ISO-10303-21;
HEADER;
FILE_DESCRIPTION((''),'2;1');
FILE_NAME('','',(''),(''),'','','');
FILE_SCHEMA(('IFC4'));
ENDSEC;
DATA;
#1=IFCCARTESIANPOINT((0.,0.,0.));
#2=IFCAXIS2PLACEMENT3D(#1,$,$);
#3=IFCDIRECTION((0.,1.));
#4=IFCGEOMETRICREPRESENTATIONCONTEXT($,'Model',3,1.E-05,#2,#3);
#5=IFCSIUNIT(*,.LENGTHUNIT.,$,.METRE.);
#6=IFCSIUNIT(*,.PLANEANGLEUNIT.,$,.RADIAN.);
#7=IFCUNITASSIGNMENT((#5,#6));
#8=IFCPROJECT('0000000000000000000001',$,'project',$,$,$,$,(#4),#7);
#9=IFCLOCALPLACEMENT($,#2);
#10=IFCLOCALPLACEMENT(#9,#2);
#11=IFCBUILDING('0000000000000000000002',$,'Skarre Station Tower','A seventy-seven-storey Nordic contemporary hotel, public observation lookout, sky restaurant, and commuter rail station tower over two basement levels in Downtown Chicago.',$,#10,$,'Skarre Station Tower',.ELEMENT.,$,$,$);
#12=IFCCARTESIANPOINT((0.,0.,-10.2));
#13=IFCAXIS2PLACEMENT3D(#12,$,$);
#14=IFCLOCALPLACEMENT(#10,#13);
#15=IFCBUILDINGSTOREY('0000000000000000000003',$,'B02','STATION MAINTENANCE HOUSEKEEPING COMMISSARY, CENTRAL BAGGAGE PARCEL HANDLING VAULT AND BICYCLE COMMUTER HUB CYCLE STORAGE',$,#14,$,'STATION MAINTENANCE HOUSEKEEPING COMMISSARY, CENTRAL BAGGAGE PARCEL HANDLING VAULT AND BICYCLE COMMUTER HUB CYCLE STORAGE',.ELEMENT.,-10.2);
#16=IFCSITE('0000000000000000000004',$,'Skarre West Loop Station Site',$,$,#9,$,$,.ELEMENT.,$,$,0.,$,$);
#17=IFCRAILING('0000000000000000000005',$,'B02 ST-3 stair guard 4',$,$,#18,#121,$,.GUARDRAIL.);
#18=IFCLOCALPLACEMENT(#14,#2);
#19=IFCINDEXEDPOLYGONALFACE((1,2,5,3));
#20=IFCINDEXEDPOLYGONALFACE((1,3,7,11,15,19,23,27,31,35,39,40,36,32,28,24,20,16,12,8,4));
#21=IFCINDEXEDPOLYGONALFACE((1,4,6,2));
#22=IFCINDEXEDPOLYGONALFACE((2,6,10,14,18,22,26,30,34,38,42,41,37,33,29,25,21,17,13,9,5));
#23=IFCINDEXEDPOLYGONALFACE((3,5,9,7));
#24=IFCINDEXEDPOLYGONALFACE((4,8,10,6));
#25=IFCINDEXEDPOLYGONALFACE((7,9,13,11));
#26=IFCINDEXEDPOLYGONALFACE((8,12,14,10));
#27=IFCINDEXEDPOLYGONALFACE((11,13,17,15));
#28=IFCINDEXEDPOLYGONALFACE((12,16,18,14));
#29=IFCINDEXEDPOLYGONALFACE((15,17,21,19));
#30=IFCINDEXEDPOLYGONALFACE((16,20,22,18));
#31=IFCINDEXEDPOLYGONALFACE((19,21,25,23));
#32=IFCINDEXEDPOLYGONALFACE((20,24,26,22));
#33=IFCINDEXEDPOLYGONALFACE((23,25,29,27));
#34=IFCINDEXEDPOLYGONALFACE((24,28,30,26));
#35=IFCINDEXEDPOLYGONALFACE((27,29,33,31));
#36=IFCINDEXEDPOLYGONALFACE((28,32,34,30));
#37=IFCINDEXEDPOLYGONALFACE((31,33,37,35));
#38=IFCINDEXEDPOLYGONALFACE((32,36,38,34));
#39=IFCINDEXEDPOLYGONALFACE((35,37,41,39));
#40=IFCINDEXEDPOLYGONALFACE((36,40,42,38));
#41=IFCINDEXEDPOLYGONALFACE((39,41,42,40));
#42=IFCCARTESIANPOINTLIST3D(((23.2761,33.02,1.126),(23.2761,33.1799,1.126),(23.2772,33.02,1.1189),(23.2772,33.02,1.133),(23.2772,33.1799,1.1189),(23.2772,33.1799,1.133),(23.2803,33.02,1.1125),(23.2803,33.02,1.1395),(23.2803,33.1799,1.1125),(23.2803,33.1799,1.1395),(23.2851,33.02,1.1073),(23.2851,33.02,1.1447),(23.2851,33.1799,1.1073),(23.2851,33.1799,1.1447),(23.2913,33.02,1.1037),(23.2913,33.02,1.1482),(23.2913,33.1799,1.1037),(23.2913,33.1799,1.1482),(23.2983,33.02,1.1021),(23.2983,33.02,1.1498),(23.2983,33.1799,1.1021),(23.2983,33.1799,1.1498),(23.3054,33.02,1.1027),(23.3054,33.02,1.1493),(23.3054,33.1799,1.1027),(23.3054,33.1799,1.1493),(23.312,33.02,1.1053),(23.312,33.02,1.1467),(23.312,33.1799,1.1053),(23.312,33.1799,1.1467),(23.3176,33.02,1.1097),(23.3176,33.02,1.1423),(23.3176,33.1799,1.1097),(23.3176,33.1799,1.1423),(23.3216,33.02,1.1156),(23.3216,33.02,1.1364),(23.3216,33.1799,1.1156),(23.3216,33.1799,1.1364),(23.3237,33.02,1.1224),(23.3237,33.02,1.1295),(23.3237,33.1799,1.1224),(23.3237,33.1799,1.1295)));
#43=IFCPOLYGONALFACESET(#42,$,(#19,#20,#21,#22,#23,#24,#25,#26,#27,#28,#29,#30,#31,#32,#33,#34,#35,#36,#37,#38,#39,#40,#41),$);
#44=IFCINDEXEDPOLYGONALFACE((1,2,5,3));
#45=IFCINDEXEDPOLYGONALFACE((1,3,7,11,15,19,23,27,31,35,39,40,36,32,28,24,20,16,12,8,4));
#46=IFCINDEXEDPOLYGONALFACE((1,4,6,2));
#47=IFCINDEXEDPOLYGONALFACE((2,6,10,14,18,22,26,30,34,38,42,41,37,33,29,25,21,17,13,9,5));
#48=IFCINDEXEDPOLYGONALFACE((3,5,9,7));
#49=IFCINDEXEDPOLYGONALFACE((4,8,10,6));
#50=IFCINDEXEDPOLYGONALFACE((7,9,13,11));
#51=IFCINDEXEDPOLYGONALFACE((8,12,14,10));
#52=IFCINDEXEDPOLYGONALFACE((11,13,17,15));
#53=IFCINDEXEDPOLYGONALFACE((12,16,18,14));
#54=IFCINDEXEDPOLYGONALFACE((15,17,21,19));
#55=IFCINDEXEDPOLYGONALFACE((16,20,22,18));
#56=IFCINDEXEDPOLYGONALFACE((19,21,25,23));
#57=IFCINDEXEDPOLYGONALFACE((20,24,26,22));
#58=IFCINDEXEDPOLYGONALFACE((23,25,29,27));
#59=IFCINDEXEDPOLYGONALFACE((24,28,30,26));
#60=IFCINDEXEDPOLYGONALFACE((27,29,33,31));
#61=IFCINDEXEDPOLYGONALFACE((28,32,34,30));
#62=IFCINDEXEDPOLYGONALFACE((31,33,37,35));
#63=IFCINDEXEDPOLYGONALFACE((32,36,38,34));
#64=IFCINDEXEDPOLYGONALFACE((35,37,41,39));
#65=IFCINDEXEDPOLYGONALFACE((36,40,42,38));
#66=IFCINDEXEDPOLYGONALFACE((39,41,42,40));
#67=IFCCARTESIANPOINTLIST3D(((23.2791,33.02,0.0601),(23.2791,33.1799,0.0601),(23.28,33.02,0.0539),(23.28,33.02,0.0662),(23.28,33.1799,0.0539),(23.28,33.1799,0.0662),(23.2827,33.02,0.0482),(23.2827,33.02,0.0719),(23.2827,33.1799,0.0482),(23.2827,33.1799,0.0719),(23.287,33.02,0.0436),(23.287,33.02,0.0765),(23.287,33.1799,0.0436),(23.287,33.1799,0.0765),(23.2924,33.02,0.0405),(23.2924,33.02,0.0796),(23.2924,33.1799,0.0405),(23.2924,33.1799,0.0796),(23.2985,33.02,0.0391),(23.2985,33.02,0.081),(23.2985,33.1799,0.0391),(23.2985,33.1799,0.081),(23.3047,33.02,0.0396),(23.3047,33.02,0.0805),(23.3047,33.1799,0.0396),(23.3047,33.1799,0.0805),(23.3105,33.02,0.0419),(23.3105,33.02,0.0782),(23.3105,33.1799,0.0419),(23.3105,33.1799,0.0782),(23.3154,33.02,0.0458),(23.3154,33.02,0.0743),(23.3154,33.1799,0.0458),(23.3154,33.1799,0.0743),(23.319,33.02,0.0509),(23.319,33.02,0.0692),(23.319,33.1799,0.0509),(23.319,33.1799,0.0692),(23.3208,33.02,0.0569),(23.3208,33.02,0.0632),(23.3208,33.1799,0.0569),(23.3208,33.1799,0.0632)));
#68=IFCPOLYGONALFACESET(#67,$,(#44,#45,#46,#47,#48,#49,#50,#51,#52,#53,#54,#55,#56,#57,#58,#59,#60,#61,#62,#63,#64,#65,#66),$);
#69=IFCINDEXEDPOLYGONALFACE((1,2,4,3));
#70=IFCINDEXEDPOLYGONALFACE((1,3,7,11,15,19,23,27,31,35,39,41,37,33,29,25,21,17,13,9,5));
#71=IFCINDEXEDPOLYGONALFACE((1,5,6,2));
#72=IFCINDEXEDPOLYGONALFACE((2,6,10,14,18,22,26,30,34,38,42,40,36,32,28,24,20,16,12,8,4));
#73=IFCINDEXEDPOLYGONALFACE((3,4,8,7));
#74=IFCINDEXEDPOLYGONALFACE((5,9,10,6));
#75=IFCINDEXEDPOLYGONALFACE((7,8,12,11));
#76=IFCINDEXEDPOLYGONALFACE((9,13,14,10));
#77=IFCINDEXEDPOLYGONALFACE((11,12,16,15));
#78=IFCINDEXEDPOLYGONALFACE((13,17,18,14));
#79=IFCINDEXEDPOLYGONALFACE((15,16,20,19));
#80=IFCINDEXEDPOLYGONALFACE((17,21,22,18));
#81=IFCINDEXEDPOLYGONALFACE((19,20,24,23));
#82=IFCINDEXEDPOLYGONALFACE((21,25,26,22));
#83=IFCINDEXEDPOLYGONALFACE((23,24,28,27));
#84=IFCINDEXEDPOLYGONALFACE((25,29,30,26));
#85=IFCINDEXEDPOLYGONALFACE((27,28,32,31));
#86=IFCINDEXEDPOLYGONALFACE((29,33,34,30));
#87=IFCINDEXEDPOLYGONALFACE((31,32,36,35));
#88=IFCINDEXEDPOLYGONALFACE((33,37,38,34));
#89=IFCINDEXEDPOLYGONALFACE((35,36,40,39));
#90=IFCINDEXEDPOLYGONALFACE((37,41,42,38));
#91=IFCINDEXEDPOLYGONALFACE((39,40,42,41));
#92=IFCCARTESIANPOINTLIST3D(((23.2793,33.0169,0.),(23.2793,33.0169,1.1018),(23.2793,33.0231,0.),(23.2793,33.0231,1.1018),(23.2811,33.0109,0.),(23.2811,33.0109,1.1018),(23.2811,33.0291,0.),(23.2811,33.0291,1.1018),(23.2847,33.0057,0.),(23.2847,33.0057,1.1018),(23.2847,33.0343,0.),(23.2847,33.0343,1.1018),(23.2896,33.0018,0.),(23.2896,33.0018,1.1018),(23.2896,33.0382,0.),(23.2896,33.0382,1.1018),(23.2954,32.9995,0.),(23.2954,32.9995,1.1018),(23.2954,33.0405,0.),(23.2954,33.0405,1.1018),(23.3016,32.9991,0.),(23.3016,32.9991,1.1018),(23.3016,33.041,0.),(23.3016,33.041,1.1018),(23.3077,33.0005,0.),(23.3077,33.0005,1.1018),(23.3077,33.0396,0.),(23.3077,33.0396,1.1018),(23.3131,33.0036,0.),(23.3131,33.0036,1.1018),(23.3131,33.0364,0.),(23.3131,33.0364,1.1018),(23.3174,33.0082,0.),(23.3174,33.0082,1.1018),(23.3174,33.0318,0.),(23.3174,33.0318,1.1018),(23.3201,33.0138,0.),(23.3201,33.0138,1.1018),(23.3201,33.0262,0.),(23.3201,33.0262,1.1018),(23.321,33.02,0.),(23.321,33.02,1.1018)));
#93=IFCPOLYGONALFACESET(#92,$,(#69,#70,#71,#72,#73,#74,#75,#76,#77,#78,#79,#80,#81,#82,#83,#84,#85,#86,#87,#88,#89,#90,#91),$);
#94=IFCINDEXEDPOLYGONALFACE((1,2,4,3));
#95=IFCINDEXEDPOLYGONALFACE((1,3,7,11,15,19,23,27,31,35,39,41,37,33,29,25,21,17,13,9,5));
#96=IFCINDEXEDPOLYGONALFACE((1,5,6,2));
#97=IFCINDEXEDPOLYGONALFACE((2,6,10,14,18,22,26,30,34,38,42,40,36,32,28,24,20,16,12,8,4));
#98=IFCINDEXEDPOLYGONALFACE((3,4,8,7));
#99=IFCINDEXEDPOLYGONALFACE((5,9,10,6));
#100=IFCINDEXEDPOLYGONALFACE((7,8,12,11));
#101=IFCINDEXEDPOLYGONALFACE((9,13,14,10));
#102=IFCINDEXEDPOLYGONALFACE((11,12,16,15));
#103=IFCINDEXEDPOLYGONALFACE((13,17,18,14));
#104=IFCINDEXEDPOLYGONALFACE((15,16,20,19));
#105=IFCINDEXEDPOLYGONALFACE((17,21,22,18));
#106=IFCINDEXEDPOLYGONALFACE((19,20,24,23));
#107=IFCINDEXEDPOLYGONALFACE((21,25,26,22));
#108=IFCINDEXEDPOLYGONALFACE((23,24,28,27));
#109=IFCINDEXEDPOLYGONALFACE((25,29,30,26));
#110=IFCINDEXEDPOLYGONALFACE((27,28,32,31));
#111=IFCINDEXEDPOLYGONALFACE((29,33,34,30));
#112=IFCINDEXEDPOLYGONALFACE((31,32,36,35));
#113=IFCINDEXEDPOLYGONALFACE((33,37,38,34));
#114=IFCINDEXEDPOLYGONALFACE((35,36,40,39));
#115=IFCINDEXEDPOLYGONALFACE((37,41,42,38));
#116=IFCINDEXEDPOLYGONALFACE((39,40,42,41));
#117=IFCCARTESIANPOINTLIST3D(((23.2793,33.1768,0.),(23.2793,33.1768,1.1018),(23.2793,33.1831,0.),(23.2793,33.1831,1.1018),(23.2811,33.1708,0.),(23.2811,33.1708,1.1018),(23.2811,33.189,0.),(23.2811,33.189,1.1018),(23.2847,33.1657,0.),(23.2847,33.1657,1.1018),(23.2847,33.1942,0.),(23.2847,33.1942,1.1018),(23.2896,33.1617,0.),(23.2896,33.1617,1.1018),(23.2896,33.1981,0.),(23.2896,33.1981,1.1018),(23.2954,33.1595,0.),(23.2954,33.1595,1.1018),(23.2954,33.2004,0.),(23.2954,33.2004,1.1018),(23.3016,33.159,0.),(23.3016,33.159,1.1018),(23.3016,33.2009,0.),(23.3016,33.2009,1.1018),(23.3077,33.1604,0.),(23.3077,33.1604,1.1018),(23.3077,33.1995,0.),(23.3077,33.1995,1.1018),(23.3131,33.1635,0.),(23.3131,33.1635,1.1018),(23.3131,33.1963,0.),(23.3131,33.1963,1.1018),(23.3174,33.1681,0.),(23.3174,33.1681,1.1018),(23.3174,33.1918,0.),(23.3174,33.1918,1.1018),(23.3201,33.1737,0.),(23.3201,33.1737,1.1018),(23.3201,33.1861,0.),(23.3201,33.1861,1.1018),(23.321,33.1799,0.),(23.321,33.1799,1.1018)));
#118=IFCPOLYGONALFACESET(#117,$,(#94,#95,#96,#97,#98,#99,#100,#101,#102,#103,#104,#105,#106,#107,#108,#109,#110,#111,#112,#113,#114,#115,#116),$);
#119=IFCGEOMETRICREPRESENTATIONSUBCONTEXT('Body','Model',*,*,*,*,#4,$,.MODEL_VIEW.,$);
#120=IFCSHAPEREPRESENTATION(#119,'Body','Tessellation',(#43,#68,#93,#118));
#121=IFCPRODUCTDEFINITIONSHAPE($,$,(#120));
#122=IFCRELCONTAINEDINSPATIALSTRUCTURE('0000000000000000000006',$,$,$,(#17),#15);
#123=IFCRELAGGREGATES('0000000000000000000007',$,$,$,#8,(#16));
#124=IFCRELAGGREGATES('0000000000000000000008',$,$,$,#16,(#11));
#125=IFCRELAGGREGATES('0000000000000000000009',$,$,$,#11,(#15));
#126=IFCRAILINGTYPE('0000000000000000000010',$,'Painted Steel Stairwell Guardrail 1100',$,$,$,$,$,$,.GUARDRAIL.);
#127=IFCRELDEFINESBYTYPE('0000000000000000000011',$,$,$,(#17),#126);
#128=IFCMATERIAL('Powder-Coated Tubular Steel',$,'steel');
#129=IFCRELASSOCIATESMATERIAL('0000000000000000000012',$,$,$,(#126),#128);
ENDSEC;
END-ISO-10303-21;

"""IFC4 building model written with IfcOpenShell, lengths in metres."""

from ifc_helpers import new_model, si_unit, direction, frame, origin, origin_2d, place, context, subcontext, project, spatial, circle, extrude, material, type_object, element, save


model = new_model("IFC4")

# Units and contexts
model_context = context("Model", 3, precision=1e-05, world=origin(), true_north=direction((0.0, 1.0)))
body_context = subcontext(model_context, "Body", "Model", "MODEL_VIEW")
ifc_project = project(units=[si_unit("LENGTHUNIT", "METRE"), si_unit("PLANEANGLEUNIT", "RADIAN")], contexts=[model_context])

# Site, building, storey
site_placement = place(None, origin())
site = spatial("IfcSite", under=ifc_project, at=site_placement, Name="Skarre West Loop Station Site", CompositionType="ELEMENT", RefElevation=0.0)
building_placement = place(site_placement, origin())
building = spatial("IfcBuilding", under=site, at=building_placement, Name="Skarre Station Tower", Description="A seventy-seven-storey Nordic contemporary hotel, public observation lookout, sky restaurant, and commuter rail station tower over two basement levels in Downtown Chicago.", LongName="Skarre Station Tower", CompositionType="ELEMENT")
storey_placement = place(building_placement, frame((0.0, 0.0, -10.2)))
storey = spatial("IfcBuildingStorey", under=building, at=storey_placement, Name="B02", Description="STATION MAINTENANCE HOUSEKEEPING COMMISSARY, CENTRAL BAGGAGE PARCEL HANDLING VAULT AND BICYCLE COMMUTER HUB CYCLE STORAGE", LongName="STATION MAINTENANCE HOUSEKEEPING COMMISSARY, CENTRAL BAGGAGE PARCEL HANDLING VAULT AND BICYCLE COMMUTER HUB CYCLE STORAGE", CompositionType="ELEMENT", Elevation=-10.2)

# Railing
ifc_material_1 = material(Name="Powder-Coated Tubular Steel", Category="steel")
railing_type_1 = type_object("IfcRailingType", Name="Painted Steel Stairwell Guardrail 1100", PredefinedType="GUARDRAIL", material=ifc_material_1)
railing_1_placement = place(storey_placement, frame((23.3, 33.02, 0.0)))
element("IfcRailing", 1, at=railing_1_placement, inside=storey, type_object=railing_type_1, Name="B02 ST-3 stair guard 4", PredefinedType="GUARDRAIL", context=body_context, shape_type="SweptSolid", body=[
    extrude(circle(Radius=0.0239, at=origin_2d()), frame((0.0, 0.0, 1.126), z_axis=(0.0, 1.0, 0.0), x_axis=(-1.0, 0.0, 0.0)), (0.0, 0.0, 1.0), 0.1599),
    extrude(circle(Radius=0.021, at=origin_2d()), frame((0.0, 0.0, 0.0601), z_axis=(0.0, 1.0, 0.0), x_axis=(-1.0, 0.0, 0.0)), (0.0, 0.0, 1.0), 0.1599),
    extrude(circle(Radius=0.021, at=origin_2d()), origin(), (0.0, 0.0, 1.0), 1.1018),
    extrude(circle(Radius=0.021, at=origin_2d()), frame((0.0, 0.1599, 0.0)), (0.0, 0.0, 1.0), 1.1018),
])

save(model, "model.ifc")
